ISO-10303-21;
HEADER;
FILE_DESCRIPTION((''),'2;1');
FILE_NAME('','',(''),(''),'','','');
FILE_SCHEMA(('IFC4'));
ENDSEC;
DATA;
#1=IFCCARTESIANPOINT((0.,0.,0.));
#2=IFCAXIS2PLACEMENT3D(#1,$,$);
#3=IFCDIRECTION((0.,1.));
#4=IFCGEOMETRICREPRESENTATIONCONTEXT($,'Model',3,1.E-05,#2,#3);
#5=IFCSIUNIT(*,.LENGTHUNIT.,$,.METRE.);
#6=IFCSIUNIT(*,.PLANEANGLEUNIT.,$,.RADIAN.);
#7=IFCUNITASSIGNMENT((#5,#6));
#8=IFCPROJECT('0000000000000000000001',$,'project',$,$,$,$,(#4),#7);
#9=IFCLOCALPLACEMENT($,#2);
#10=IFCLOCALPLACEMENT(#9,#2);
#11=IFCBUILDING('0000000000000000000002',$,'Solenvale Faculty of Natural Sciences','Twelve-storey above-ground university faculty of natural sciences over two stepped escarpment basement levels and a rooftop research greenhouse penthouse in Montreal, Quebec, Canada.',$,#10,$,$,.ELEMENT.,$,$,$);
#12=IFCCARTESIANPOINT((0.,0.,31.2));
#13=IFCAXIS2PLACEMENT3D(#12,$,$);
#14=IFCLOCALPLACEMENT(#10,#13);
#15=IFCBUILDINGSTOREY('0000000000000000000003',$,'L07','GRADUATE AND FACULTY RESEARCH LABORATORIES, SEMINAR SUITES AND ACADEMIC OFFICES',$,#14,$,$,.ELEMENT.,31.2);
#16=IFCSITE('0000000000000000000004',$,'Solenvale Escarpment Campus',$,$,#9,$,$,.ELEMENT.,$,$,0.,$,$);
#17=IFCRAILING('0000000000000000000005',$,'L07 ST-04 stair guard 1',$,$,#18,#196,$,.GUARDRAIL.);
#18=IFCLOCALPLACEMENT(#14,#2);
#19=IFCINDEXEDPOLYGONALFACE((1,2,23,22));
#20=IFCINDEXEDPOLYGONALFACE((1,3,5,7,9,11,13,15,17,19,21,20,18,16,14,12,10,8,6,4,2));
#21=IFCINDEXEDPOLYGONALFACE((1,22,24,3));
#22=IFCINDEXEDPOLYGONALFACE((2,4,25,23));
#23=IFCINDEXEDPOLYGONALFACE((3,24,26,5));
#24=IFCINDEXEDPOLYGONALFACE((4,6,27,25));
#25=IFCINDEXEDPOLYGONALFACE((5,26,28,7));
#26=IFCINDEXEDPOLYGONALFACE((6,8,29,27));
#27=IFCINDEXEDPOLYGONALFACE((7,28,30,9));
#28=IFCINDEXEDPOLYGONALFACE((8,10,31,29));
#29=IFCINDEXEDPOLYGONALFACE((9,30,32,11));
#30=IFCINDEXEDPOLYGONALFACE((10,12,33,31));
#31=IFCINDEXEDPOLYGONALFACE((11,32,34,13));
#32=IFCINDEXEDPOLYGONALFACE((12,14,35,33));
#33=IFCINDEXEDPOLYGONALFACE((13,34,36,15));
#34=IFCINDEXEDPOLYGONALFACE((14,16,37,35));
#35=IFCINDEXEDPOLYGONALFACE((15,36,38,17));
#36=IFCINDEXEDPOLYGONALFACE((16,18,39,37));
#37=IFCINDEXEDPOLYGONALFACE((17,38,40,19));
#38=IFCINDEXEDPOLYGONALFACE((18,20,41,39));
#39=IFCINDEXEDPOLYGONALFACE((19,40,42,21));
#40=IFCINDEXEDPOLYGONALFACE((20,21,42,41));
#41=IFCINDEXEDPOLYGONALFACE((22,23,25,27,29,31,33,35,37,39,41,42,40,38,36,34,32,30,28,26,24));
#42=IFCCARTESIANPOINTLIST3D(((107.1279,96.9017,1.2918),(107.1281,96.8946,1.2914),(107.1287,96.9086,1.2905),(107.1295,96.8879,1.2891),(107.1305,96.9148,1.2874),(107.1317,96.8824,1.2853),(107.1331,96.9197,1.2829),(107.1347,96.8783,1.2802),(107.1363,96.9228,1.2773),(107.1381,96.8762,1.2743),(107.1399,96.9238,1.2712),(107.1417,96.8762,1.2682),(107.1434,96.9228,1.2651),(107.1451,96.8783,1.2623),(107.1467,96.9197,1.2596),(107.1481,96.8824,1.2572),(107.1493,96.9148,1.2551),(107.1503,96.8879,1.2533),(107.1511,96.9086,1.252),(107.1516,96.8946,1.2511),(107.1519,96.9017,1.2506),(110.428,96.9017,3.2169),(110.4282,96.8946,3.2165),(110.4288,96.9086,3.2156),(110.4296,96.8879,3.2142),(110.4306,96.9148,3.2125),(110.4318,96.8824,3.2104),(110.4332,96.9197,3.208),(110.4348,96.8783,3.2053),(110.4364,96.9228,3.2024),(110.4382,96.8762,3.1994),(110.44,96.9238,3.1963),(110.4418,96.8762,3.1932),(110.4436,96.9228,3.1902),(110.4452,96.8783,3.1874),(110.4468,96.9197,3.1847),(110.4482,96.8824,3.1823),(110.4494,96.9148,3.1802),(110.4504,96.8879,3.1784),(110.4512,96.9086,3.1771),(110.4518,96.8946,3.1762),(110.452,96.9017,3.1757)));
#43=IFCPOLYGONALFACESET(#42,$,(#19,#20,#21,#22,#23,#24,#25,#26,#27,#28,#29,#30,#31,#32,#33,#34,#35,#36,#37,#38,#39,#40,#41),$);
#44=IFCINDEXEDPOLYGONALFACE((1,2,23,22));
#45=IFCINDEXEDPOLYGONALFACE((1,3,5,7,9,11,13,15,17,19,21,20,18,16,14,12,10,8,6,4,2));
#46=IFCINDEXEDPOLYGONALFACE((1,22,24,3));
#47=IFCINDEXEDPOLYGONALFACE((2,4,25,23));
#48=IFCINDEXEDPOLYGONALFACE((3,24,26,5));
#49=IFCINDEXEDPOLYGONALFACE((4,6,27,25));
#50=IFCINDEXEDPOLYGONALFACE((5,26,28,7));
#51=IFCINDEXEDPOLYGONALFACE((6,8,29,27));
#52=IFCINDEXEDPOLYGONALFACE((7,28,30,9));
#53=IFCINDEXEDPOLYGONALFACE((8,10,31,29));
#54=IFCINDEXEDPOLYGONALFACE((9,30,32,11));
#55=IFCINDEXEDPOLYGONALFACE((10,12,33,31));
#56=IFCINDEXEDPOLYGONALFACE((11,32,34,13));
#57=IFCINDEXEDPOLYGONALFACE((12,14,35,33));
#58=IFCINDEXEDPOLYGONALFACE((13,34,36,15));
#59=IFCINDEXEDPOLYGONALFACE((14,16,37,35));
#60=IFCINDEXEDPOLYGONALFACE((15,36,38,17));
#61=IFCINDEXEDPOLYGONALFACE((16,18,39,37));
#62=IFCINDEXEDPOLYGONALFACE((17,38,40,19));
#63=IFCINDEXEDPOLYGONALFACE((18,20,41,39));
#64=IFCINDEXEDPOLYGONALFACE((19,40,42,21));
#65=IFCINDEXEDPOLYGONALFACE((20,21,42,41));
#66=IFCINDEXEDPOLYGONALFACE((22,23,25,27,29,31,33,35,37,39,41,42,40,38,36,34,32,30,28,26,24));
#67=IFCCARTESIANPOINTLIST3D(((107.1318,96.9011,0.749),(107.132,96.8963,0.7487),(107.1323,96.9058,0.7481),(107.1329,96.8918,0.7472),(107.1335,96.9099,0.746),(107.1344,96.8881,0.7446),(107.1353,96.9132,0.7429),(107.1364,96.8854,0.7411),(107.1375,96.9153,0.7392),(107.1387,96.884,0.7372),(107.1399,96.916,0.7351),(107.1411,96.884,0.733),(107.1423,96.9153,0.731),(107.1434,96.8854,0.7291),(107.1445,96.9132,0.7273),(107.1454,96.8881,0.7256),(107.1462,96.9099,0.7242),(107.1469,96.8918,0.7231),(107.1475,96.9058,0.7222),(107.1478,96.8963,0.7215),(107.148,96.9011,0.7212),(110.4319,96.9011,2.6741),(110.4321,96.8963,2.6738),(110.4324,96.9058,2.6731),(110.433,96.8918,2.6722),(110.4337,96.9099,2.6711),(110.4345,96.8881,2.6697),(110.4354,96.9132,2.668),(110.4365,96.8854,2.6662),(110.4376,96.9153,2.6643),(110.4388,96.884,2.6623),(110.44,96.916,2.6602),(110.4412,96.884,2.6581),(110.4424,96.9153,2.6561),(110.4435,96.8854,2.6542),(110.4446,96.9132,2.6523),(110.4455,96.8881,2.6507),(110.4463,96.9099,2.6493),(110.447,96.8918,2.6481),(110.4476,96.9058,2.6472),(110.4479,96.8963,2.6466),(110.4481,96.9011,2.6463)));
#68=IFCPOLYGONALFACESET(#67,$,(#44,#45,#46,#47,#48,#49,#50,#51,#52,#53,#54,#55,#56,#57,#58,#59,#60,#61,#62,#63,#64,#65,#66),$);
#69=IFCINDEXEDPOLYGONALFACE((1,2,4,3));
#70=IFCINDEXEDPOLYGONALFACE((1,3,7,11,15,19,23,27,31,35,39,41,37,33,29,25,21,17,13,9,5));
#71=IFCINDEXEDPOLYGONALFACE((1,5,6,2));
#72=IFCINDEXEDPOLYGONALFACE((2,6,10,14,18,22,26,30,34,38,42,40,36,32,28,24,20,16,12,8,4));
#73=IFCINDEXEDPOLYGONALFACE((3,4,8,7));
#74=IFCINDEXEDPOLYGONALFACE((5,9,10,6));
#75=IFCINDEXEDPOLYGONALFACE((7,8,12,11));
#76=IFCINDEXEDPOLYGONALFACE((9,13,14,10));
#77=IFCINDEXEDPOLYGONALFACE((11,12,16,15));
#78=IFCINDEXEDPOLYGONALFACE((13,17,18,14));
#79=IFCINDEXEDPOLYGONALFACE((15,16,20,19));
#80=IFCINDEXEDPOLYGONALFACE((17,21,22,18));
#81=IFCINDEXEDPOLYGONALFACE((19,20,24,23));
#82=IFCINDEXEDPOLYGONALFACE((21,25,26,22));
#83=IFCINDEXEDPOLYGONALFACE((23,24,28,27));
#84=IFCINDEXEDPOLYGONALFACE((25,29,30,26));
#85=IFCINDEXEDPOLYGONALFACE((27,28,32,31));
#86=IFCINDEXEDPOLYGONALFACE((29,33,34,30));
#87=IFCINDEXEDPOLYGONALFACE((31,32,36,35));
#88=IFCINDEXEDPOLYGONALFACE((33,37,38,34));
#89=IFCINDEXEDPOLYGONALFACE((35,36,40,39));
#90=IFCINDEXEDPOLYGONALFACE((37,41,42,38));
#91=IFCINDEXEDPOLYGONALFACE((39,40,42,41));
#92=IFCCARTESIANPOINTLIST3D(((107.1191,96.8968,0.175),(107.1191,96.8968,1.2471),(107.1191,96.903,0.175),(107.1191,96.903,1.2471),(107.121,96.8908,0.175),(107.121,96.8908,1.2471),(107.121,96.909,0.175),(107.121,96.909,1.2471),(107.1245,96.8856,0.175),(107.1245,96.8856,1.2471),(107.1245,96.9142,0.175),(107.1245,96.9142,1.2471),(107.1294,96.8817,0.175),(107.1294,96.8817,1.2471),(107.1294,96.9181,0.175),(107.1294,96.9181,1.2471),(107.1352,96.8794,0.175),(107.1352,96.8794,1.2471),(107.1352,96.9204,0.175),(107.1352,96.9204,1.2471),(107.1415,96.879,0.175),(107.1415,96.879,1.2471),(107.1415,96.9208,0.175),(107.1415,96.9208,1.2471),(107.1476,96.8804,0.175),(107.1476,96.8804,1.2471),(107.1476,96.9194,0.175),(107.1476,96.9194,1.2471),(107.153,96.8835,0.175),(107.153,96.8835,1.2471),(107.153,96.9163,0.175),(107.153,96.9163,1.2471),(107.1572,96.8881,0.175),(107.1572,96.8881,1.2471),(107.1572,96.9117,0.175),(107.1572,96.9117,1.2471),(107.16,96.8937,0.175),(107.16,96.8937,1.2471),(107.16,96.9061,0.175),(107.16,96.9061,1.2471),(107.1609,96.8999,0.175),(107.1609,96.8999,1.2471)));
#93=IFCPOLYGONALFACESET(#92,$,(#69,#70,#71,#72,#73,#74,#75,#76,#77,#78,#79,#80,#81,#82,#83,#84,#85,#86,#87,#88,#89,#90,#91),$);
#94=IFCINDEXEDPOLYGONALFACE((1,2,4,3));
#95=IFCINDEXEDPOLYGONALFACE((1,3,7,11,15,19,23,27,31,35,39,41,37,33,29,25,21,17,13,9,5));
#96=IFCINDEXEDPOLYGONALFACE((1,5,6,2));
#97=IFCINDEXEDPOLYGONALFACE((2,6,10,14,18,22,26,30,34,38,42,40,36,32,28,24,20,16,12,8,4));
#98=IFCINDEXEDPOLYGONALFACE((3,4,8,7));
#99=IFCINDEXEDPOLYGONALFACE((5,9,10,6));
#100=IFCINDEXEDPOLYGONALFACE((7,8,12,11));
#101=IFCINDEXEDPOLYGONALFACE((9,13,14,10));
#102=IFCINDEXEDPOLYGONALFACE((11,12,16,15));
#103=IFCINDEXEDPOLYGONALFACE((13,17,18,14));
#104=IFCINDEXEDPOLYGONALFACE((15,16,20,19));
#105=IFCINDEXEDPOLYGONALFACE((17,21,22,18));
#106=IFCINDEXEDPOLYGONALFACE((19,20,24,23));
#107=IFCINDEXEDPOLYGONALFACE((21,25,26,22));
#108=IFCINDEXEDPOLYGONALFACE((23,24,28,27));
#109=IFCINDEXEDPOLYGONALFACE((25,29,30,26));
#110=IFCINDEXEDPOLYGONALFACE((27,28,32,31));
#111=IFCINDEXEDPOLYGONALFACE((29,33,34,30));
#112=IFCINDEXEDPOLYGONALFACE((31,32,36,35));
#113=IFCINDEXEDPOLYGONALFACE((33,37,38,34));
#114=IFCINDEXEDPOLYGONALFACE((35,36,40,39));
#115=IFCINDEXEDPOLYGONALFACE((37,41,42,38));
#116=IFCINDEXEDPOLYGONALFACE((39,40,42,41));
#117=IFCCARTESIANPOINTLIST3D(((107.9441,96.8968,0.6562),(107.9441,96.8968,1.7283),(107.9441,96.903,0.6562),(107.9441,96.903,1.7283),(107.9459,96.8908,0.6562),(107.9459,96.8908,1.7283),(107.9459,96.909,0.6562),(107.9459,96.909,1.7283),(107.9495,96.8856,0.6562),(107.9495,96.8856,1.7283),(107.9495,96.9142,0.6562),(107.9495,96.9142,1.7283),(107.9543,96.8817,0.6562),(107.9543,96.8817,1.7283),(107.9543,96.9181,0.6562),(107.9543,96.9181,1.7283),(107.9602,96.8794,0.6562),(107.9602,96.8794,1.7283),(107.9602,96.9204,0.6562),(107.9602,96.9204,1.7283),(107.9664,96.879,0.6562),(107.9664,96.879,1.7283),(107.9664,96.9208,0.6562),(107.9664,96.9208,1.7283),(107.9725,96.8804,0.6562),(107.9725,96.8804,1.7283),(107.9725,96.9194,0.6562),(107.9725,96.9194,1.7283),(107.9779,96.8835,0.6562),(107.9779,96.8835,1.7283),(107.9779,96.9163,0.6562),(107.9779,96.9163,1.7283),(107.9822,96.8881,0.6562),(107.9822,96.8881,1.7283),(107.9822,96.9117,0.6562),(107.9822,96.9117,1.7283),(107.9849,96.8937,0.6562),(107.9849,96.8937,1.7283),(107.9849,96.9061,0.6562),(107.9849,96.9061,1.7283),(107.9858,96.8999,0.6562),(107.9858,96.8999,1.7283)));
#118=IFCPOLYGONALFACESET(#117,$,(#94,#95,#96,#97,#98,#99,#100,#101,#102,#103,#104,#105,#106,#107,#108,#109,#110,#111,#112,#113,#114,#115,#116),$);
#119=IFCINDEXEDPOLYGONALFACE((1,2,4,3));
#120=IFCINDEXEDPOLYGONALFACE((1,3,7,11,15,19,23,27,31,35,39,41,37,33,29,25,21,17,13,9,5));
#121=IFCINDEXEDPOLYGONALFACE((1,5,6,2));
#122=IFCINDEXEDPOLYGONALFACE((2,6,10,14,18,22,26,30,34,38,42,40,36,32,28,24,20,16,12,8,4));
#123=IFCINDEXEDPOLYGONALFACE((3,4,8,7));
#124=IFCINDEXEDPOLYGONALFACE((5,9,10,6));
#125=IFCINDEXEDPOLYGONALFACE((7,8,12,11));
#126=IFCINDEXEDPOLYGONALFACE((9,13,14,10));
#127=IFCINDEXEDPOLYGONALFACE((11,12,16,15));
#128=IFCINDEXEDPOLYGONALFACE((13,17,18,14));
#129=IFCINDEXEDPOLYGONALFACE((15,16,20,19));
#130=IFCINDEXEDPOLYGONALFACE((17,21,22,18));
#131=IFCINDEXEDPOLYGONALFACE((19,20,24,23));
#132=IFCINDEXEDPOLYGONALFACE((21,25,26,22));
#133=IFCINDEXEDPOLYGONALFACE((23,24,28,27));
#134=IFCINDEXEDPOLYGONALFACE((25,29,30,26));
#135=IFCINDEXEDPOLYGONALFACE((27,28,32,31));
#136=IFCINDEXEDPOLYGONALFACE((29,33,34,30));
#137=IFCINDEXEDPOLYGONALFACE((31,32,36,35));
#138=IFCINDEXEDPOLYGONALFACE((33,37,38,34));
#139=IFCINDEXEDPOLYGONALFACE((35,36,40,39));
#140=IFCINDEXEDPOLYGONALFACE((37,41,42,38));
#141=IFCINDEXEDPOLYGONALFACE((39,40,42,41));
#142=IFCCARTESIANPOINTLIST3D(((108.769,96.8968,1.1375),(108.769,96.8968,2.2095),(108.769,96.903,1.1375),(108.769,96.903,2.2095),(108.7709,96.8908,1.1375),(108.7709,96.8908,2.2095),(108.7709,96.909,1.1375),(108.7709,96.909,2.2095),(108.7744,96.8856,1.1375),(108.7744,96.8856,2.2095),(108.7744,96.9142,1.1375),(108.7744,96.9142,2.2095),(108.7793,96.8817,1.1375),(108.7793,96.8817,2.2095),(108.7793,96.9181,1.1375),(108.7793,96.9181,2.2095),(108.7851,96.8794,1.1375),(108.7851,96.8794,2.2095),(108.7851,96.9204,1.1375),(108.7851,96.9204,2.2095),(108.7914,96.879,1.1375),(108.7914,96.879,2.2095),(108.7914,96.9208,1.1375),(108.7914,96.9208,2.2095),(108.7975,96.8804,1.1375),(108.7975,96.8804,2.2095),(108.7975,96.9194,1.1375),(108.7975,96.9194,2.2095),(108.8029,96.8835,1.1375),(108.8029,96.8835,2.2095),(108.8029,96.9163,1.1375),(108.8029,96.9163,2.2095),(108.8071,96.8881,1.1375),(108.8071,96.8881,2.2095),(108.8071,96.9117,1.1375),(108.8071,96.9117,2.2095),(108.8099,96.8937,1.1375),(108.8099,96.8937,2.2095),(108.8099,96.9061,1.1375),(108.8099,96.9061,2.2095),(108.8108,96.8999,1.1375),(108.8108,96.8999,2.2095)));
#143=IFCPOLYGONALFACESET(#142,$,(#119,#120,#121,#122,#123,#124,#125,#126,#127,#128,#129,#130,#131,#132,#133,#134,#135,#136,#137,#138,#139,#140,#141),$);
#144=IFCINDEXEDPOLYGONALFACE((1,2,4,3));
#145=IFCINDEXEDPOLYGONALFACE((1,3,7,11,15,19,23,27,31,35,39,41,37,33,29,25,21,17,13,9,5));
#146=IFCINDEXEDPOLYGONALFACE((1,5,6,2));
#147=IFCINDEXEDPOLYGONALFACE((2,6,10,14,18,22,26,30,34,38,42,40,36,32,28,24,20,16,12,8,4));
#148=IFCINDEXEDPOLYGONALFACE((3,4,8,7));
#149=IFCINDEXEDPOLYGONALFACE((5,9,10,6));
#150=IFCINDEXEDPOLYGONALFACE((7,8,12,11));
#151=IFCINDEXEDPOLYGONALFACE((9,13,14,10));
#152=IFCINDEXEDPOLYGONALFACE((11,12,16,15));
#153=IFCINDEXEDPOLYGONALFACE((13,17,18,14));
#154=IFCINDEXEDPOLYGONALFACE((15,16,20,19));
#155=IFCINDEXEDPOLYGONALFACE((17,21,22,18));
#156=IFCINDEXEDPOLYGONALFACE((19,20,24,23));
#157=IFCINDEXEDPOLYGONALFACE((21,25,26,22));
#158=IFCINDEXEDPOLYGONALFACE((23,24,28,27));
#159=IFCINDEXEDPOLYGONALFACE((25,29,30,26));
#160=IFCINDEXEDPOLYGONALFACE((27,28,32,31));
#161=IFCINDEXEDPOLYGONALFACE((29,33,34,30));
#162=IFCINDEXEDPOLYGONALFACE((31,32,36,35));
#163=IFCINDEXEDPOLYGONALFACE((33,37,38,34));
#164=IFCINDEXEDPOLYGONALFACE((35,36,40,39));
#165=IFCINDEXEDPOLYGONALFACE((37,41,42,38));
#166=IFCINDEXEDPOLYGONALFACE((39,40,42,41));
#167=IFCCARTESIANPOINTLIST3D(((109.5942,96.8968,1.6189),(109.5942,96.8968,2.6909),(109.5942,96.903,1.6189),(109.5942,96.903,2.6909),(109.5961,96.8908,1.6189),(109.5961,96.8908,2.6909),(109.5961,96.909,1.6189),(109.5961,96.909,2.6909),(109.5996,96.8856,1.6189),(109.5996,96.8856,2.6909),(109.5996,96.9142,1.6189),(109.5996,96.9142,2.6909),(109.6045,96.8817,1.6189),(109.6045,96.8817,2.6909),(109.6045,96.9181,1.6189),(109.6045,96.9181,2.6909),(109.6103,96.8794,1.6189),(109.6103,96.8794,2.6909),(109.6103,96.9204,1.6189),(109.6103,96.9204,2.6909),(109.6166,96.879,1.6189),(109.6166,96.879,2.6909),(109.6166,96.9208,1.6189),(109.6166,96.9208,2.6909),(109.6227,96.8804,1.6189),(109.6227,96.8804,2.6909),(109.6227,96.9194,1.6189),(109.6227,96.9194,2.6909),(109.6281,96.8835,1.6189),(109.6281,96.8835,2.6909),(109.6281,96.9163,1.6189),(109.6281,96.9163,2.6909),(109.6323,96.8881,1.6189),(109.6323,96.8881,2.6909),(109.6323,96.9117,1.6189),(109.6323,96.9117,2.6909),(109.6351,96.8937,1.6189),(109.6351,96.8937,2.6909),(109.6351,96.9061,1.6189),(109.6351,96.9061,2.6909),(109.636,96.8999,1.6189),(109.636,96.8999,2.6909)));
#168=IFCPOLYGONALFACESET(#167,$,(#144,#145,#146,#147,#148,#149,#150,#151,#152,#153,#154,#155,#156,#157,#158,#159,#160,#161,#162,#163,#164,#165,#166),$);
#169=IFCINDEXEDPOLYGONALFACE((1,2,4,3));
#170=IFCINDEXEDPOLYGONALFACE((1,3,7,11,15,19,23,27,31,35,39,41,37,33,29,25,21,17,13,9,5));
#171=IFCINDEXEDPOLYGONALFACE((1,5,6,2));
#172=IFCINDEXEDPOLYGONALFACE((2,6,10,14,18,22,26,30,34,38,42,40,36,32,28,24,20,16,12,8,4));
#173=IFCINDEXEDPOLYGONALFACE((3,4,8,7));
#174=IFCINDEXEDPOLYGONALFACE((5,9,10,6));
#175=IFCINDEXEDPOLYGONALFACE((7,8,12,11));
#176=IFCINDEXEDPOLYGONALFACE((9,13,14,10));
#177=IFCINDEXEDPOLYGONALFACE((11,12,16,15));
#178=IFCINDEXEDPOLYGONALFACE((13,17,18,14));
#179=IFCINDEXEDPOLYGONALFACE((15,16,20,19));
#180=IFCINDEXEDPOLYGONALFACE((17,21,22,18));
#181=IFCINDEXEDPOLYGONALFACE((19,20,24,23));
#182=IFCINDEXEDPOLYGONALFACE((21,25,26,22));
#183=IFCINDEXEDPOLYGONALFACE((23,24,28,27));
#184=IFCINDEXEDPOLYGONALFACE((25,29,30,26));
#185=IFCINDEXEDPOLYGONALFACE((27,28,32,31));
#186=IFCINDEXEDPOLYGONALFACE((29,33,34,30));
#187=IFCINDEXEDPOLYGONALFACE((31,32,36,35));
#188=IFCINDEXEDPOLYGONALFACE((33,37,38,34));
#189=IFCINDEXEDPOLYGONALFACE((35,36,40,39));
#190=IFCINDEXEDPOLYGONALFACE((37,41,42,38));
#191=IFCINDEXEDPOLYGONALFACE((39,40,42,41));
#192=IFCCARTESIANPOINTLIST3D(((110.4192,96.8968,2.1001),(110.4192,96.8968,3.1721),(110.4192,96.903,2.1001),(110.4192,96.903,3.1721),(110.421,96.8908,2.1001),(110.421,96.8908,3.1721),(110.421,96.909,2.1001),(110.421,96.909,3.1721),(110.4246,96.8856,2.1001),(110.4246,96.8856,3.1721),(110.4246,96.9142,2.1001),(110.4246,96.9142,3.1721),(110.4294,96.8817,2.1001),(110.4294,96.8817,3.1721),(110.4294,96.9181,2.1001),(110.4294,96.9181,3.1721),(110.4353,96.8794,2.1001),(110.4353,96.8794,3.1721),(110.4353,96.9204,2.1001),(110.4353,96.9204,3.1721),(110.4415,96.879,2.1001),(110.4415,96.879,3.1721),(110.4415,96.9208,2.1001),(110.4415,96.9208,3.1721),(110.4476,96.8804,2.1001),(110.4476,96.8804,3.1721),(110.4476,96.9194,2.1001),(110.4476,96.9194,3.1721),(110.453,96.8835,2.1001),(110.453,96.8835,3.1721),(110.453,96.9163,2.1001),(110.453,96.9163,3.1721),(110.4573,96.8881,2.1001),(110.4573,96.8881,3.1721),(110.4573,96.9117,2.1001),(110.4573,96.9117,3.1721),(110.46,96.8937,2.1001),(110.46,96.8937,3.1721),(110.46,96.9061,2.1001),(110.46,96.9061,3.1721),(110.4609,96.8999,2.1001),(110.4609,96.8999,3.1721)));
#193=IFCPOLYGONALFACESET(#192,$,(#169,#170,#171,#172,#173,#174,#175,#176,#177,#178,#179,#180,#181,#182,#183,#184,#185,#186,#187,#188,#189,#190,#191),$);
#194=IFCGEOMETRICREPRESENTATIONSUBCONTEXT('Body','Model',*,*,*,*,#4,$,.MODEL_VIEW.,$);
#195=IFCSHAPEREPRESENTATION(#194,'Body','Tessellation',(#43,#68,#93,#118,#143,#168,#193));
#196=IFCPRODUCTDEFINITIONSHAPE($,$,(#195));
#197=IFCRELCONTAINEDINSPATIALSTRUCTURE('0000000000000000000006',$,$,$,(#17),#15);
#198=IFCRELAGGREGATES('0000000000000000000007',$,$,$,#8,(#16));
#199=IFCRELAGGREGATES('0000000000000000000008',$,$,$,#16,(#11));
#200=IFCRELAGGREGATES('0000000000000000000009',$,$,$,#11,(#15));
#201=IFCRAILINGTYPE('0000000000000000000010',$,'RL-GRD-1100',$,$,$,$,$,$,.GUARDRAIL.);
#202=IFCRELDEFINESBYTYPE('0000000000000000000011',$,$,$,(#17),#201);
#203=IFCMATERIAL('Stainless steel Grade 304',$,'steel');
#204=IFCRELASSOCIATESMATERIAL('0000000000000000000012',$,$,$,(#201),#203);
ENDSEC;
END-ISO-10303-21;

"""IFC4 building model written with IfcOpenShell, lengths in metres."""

from ifc_helpers import new_model, si_unit, direction, frame, origin, origin_2d, place, context, subcontext, project, spatial, circle, extrude, material, type_object, element, save


model = new_model("IFC4")

# Units and contexts
model_context = context("Model", 3, precision=1e-05, world=origin(), true_north=direction((0.0, 1.0)))
body_context = subcontext(model_context, "Body", "Model", "MODEL_VIEW")
ifc_project = project(units=[si_unit("LENGTHUNIT", "METRE"), si_unit("PLANEANGLEUNIT", "RADIAN")], contexts=[model_context])

# Site, building, storey
site_placement = place(None, origin())
site = spatial("IfcSite", under=ifc_project, at=site_placement, Name="Solenvale Escarpment Campus", CompositionType="ELEMENT", RefElevation=0.0)
building_placement = place(site_placement, origin())
building = spatial("IfcBuilding", under=site, at=building_placement, Name="Solenvale Faculty of Natural Sciences", Description="Twelve-storey above-ground university faculty of natural sciences over two stepped escarpment basement levels and a rooftop research greenhouse penthouse in Montreal, Quebec, Canada.", CompositionType="ELEMENT")
storey_placement = place(building_placement, frame((0.0, 0.0, 31.2)))
storey = spatial("IfcBuildingStorey", under=building, at=storey_placement, Name="L07", Description="GRADUATE AND FACULTY RESEARCH LABORATORIES, SEMINAR SUITES AND ACADEMIC OFFICES", CompositionType="ELEMENT", Elevation=31.2)

# Railing
ifc_material_1 = material(Name="Stainless steel Grade 304", Category="steel")
railing_type_1 = type_object("IfcRailingType", Name="RL-GRD-1100", PredefinedType="GUARDRAIL", material=ifc_material_1)
railing_1_placement = place(storey_placement, frame((107.1399, 96.8999, 0.175)))
element("IfcRailing", 1, at=railing_1_placement, inside=storey, type_object=railing_type_1, Name="L07 ST-04 stair guard 1", PredefinedType="GUARDRAIL", context=body_context, shape_type="SweptSolid", body=[
    extrude(circle(Radius=0.0239, at=origin_2d()), frame((0.0, 0.0, 1.0962), z_axis=(0.863777, 0.0, 0.503875), x_axis=(0.0, 1.0, 0.0)), (0.0, 0.0, 1.0), 3.8206),
    extrude(circle(Radius=0.0161, at=origin_2d()), frame((0.0, 0.0, 0.5601), z_axis=(0.863777, 0.0, 0.503875), x_axis=(0.0, 1.0, 0.0)), (0.0, 0.0, 1.0), 3.8206),
    extrude(circle(Radius=0.021, at=origin_2d()), origin(), (0.0, 0.0, 1.0), 1.072),
    extrude(circle(Radius=0.021, at=origin_2d()), frame((0.825, 0.0, 0.4812)), (0.0, 0.0, 1.0), 1.072),
    extrude(circle(Radius=0.021, at=origin_2d()), frame((1.6499, 0.0, 0.9624)), (0.0, 0.0, 1.0), 1.072),
    extrude(circle(Radius=0.021, at=origin_2d()), frame((2.4751, 0.0, 1.4438)), (0.0, 0.0, 1.0), 1.072),
    extrude(circle(Radius=0.021, at=origin_2d()), frame((3.3, 0.0, 1.925)), (0.0, 0.0, 1.0), 1.072),
])

save(model, "model.ifc")
